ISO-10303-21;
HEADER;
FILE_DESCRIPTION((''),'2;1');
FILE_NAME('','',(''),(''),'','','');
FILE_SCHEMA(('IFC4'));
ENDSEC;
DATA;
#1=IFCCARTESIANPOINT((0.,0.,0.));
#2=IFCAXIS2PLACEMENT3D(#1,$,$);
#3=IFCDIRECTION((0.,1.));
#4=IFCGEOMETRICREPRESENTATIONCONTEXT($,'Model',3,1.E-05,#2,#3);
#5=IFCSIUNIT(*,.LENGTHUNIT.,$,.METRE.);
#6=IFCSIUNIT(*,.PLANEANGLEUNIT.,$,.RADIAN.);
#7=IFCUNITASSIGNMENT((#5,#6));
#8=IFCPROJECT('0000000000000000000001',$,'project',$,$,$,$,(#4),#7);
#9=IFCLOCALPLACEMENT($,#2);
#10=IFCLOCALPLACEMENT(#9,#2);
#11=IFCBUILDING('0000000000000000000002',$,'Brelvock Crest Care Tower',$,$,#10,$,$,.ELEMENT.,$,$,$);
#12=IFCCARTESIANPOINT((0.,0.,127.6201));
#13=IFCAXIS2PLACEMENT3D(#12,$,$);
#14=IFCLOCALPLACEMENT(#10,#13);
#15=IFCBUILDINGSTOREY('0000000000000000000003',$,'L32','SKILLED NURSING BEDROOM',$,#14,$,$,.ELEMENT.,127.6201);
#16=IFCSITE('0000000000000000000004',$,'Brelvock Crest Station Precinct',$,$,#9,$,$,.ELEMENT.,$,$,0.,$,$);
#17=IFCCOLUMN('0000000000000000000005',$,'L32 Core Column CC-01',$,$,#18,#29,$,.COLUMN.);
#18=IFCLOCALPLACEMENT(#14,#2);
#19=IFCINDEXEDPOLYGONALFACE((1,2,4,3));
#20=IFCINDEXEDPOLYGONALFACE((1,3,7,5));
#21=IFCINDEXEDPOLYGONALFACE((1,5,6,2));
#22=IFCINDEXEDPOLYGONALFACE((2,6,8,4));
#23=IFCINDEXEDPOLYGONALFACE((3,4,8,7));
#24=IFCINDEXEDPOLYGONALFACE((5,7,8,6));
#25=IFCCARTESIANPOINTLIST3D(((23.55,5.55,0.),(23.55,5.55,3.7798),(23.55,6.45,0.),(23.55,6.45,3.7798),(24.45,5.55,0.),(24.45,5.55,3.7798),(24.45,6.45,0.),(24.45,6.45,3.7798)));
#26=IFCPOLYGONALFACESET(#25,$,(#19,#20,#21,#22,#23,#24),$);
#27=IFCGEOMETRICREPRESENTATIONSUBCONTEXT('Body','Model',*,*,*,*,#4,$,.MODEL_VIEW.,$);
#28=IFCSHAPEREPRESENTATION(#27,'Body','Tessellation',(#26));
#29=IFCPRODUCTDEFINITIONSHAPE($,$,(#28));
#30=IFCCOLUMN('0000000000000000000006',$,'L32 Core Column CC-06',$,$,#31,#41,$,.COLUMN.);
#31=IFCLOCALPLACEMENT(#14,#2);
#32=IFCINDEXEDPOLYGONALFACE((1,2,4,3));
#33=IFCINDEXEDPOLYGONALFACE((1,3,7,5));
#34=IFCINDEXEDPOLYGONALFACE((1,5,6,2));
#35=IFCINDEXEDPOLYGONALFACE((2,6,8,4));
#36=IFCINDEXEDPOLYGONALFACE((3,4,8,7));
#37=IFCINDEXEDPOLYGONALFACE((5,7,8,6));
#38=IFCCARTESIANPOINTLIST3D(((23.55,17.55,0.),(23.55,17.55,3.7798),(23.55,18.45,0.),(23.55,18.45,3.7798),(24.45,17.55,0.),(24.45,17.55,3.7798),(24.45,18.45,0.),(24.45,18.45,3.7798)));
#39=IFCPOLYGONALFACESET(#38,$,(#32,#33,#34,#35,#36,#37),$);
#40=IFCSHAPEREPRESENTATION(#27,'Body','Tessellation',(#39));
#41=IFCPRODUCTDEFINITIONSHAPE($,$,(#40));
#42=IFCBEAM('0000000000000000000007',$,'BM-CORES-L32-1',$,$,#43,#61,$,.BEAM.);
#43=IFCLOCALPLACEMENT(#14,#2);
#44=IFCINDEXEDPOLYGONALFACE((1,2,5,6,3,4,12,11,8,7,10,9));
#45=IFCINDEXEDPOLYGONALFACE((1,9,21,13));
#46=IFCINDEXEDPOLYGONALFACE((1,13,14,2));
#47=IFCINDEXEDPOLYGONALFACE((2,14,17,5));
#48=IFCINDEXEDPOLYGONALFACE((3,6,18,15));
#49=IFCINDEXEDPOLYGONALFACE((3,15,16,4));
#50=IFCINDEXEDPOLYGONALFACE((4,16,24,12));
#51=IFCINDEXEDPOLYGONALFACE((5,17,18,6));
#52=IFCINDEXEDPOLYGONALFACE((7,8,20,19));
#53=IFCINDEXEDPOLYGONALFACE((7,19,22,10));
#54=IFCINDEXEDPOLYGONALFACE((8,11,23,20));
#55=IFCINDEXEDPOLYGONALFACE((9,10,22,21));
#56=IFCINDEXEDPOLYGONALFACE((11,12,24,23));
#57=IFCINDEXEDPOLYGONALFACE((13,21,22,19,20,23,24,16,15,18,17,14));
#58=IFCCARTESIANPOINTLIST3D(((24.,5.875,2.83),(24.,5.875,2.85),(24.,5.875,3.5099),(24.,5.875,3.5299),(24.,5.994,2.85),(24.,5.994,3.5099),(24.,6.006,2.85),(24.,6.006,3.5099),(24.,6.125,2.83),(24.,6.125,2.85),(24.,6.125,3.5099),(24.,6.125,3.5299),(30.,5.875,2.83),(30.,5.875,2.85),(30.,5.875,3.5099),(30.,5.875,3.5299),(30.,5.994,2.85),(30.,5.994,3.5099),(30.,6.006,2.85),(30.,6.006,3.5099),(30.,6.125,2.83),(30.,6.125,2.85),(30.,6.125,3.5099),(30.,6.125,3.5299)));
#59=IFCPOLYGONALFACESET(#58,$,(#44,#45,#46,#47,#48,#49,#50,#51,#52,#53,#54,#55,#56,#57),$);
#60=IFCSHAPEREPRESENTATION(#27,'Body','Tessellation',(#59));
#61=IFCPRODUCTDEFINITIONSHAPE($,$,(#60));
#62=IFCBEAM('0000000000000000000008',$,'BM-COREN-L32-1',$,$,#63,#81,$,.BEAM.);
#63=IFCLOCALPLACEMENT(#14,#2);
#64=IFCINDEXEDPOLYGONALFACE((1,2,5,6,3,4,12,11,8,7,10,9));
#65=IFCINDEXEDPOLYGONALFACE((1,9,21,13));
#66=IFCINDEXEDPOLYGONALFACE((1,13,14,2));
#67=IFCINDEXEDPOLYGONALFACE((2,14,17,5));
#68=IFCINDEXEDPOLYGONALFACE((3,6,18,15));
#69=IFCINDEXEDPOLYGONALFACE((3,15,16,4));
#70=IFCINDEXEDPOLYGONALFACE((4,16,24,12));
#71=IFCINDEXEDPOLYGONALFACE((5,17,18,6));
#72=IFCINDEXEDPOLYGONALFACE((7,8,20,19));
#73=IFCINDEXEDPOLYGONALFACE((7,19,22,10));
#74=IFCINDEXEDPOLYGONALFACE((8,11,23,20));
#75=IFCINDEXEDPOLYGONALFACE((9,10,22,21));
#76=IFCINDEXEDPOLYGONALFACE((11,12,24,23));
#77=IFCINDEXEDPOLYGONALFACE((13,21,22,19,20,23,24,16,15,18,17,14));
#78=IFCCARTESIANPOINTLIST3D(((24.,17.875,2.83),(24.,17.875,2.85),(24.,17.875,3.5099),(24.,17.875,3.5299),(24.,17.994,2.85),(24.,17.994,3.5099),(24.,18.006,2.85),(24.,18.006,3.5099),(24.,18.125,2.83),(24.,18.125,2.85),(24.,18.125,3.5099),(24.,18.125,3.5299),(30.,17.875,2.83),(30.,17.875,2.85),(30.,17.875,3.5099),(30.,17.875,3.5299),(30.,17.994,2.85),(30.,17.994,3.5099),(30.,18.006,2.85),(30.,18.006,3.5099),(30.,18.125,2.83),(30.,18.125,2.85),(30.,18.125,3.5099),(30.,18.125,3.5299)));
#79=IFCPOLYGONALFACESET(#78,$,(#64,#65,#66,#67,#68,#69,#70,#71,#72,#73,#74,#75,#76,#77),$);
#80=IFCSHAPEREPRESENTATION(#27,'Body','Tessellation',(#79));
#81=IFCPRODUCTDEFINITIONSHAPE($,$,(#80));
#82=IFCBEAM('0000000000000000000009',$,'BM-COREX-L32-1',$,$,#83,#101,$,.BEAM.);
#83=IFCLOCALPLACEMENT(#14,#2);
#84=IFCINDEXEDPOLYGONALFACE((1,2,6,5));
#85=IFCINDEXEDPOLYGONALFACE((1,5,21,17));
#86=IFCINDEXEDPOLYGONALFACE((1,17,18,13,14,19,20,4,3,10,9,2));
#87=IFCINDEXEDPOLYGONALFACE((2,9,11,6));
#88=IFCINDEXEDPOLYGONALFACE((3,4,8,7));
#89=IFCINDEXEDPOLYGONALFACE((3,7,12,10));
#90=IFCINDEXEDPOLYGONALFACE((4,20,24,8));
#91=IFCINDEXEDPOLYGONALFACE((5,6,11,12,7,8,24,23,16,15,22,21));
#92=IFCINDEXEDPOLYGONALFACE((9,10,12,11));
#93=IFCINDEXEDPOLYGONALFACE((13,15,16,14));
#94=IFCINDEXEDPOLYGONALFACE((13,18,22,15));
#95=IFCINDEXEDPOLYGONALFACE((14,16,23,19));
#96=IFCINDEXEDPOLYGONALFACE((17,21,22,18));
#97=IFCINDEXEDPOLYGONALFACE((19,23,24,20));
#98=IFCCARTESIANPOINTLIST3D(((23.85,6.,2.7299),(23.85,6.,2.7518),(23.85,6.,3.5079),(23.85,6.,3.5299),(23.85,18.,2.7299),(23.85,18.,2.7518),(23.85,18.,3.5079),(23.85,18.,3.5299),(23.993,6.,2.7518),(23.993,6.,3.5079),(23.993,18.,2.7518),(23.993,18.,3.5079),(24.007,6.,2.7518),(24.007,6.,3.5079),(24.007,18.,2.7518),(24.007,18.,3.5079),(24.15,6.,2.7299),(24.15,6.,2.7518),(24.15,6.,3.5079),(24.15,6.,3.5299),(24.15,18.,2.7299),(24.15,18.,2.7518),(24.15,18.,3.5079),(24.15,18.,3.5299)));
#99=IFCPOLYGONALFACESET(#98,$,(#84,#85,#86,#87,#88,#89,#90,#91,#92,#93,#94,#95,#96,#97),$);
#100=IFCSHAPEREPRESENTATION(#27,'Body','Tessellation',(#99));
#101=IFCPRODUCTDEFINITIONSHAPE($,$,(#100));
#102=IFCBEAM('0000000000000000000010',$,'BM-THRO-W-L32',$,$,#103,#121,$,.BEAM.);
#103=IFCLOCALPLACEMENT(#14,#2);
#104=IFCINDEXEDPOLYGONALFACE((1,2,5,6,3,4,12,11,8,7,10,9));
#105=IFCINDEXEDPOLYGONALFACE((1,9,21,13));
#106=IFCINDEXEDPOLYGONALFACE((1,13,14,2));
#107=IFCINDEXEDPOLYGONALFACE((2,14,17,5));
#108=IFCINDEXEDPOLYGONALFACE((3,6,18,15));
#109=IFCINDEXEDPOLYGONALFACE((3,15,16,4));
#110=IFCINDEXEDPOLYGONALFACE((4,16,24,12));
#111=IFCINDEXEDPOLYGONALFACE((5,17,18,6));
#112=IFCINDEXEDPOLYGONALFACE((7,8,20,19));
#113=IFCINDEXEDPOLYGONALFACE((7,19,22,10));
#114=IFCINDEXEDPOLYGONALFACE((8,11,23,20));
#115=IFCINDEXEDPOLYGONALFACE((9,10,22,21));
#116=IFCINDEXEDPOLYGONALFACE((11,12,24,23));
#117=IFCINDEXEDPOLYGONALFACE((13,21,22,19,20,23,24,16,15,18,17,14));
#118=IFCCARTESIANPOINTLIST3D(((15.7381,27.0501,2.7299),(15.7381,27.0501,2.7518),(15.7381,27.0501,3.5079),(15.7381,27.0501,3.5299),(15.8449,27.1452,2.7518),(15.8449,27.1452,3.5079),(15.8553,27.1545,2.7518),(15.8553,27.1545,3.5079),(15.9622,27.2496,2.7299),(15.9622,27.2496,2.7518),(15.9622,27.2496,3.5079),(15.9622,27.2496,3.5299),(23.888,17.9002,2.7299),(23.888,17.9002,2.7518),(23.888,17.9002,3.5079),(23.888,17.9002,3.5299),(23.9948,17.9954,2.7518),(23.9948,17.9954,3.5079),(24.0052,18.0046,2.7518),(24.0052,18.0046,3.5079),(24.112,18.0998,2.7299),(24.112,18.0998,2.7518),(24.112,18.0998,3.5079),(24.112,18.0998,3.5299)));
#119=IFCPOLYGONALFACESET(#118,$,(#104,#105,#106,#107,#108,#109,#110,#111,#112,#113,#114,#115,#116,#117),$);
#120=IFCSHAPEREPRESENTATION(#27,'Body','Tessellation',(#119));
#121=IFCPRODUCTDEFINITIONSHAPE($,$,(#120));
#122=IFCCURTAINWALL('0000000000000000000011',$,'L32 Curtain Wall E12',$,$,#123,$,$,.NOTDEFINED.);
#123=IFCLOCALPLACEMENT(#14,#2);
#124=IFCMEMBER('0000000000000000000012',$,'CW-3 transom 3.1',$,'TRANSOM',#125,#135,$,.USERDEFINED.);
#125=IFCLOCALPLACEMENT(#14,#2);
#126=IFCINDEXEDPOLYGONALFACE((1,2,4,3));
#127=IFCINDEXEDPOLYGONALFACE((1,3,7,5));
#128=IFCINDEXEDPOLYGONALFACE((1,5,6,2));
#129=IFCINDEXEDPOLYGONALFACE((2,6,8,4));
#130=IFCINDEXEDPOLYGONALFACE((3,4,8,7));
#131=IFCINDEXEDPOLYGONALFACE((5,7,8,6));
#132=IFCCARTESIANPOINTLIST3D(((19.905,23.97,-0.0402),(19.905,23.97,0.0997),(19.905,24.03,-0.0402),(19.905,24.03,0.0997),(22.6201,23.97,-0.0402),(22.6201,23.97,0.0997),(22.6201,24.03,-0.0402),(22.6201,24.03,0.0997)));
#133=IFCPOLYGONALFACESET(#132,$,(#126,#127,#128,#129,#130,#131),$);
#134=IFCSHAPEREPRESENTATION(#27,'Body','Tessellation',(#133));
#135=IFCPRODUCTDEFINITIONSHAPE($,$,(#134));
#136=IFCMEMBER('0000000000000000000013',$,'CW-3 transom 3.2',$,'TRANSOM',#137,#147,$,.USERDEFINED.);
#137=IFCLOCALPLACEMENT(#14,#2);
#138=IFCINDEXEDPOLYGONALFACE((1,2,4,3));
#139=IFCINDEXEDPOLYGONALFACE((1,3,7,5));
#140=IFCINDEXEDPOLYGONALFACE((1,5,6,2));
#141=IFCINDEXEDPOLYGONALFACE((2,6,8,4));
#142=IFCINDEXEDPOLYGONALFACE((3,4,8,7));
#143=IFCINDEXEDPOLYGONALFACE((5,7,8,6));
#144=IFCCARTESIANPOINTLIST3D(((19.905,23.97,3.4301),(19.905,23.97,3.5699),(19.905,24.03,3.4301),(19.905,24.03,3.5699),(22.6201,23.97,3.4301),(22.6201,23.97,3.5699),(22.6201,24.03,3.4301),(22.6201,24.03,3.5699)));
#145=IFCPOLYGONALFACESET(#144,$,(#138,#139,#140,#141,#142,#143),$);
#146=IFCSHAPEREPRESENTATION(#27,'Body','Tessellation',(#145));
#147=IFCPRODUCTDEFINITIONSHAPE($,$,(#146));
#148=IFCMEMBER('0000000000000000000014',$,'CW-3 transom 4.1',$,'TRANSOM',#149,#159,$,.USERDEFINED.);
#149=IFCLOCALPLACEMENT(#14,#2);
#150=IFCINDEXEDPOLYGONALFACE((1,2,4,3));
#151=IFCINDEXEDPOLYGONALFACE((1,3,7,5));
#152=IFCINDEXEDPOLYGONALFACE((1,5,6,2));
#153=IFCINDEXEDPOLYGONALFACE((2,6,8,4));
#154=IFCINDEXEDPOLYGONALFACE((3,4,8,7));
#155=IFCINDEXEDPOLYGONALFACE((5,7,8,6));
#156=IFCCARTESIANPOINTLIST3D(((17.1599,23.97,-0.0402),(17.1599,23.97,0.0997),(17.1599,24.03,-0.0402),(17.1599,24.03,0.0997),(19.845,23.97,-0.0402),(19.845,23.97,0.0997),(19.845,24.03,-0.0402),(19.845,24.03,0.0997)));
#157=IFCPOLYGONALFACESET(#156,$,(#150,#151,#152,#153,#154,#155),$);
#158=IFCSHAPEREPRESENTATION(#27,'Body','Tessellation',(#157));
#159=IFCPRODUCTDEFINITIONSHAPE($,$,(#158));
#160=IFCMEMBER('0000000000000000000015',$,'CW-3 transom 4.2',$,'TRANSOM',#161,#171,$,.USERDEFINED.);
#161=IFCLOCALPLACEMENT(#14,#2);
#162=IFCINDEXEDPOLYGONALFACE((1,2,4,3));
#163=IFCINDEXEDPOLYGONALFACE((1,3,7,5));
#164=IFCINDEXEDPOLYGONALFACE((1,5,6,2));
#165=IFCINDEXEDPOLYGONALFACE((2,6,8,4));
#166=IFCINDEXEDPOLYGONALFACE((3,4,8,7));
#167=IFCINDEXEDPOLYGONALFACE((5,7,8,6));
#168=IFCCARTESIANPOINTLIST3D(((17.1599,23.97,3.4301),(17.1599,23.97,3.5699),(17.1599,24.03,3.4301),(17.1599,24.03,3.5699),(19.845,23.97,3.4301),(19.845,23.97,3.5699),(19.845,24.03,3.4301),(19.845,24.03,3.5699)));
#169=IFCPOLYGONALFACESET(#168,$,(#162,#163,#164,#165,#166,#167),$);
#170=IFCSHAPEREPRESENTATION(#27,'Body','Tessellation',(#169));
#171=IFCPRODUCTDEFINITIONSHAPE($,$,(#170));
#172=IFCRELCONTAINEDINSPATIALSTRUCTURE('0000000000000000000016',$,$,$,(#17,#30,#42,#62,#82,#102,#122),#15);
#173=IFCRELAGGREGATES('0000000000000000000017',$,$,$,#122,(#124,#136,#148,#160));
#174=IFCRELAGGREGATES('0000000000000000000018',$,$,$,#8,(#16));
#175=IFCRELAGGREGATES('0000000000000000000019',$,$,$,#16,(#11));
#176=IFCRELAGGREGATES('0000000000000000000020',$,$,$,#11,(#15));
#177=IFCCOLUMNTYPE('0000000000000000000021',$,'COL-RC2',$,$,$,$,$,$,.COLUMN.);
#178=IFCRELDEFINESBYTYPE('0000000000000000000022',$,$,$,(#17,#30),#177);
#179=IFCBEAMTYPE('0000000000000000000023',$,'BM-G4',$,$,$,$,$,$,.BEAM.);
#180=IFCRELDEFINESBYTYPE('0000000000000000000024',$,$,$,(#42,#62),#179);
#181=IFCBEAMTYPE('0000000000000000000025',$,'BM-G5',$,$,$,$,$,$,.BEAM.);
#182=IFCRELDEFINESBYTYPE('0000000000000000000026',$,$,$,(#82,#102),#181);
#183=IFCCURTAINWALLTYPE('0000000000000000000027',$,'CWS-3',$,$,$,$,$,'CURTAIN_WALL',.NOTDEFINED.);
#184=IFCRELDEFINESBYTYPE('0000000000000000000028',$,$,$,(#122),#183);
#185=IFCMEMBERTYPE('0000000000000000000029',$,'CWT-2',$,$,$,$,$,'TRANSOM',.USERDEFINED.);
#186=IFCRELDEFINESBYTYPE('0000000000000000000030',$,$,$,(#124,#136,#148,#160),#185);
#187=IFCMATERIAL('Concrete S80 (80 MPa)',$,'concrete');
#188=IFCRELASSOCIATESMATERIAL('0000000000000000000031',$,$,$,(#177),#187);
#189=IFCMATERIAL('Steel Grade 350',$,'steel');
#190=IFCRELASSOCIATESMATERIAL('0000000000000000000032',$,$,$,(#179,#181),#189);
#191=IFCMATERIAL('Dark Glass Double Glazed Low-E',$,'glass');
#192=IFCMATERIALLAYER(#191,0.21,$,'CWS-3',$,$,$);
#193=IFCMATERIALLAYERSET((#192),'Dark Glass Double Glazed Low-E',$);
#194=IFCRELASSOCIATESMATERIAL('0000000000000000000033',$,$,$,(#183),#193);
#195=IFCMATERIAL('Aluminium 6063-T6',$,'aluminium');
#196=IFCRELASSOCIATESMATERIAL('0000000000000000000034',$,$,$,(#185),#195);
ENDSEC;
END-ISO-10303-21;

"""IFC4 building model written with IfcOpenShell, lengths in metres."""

from ifc_helpers import new_model, si_unit, direction, frame, origin, origin_2d, place, context, subcontext, project, spatial, rectangle, i_section, extrude, source, transform, mapped, material, layer, layer_set, material_profile, profile_set, type_object, element, aggregate, save


model = new_model("IFC4")

# Units and contexts
model_context = context("Model", 3, precision=1e-05, world=origin(), true_north=direction((0.0, 1.0)))
body_context = subcontext(model_context, "Body", "Model", "MODEL_VIEW")
ifc_project = project(units=[si_unit("LENGTHUNIT", "METRE"), si_unit("PLANEANGLEUNIT", "RADIAN")], contexts=[model_context])

# Site, building, storey
site_placement = place(None, origin())
site = spatial("IfcSite", under=ifc_project, at=site_placement, Name="Brelvock Crest Station Precinct", CompositionType="ELEMENT", RefElevation=0.0)
building_placement = place(site_placement, origin())
building = spatial("IfcBuilding", under=site, at=building_placement, Name="Brelvock Crest Care Tower", CompositionType="ELEMENT")
storey_placement = place(building_placement, frame((0.0, 0.0, 127.6201)))
storey = spatial("IfcBuildingStorey", under=building, at=storey_placement, Name="L32", Description="SKILLED NURSING BEDROOM", CompositionType="ELEMENT", Elevation=127.6201)

# Columns
ifc_material_1 = material(Name="Concrete S80 (80 MPa)", Category="concrete")
ifc_material_profile_1 = material_profile(ifc_material_1, rectangle(XDim=0.8999, YDim=0.8999, at=origin_2d()), Name="RC900x900")
ifc_profile_set_1 = profile_set([ifc_material_profile_1], Name="Concrete S80 (80 MPa)")
column_type = type_object("IfcColumnType", Name="COL-RC2", PredefinedType="COLUMN", material=ifc_profile_set_1)
shared_shape_1 = source(origin(), body_context, "Body", "SweptSolid", [
    extrude(rectangle(XDim=0.8999, YDim=0.8999, at=origin_2d()), origin(), (0.0, 0.0, 1.0), 3.7798),
])
for number, where, z_axis, x_axis, name in (
    (1, (24.0, 6.0, 0.0), (0.0, 0.0, 1.0), (1.0, 0.0, 0.0), "L32 Core Column CC-01"),
    (2, (24.0, 18.0, 0.0), (0.0, 0.0, 1.0), (1.0, 0.0, 0.0), "L32 Core Column CC-06"),
):
    element("IfcColumn", number, at=place(storey_placement, frame(where, z_axis=z_axis, x_axis=x_axis)), inside=storey, type_object=column_type, Name=name, PredefinedType="COLUMN", context=body_context, shape_type="MappedRepresentation", body=[
        mapped(shared_shape_1, transform((0.0, 0.0, 0.0), x_axis=(1.0, 0.0, 0.0), y_axis=(0.0, 1.0, 0.0), z_axis=(0.0, 0.0, 1.0), scale=1.0)),
    ])

# Beams
ifc_material_2 = material(Name="Steel Grade 350", Category="steel")
ifc_material_profile_2 = material_profile(ifc_material_2, i_section(OverallWidth=0.25, OverallDepth=0.7, WebThickness=0.012, FlangeThickness=0.02, at=origin_2d()), Name="700WB150")
ifc_profile_set_2 = profile_set([ifc_material_profile_2], Name="Steel Grade 350")
beam_type_1 = type_object("IfcBeamType", Name="BM-G4", PredefinedType="BEAM", material=ifc_profile_set_2)
shared_shape_2 = source(origin(), body_context, "Body", "SweptSolid", [
    extrude(i_section(OverallWidth=0.25, OverallDepth=0.7, WebThickness=0.012, FlangeThickness=0.02, at=origin_2d()), origin(), (0.0, 0.0, 1.0), 6.0),
])
for number, where, z_axis, x_axis, name in (
    (3, (24.0, 6.0, 3.1799), (1.0, 0.0, 0.0), (0.0, 1.0, 0.0), "BM-CORES-L32-1"),
    (4, (24.0, 18.0, 3.1799), (1.0, 0.0, 0.0), (0.0, 1.0, 0.0), "BM-COREN-L32-1"),
):
    element("IfcBeam", number, at=place(storey_placement, frame(where, z_axis=z_axis, x_axis=x_axis)), inside=storey, type_object=beam_type_1, Name=name, PredefinedType="BEAM", context=body_context, shape_type="MappedRepresentation", body=[
        mapped(shared_shape_2, transform((0.0, 0.0, 0.0), x_axis=(1.0, 0.0, 0.0), y_axis=(0.0, 1.0, 0.0), z_axis=(0.0, 0.0, 1.0), scale=1.0)),
    ])
ifc_material_profile_3 = material_profile(ifc_material_2, i_section(OverallWidth=0.3, OverallDepth=0.8, WebThickness=0.0139, FlangeThickness=0.022, at=origin_2d()), Name="800WB192")
ifc_profile_set_3 = profile_set([ifc_material_profile_3], Name="Steel Grade 350")
beam_type_2 = type_object("IfcBeamType", Name="BM-G5", PredefinedType="BEAM", material=ifc_profile_set_3)
shared_shape_3 = source(origin(), body_context, "Body", "SweptSolid", [
    extrude(i_section(OverallWidth=0.3, OverallDepth=0.8, WebThickness=0.0139, FlangeThickness=0.022, at=origin_2d()), origin(), (0.0, 0.0, 1.0), 12.0),
])
beam_1_placement = place(storey_placement, frame((24.0, 6.0, 3.1299), z_axis=(0.0, 1.0, 0.0), x_axis=(-1.0, 0.0, 0.0)))
element("IfcBeam", 5, at=beam_1_placement, inside=storey, type_object=beam_type_2, Name="BM-COREX-L32-1", PredefinedType="BEAM", context=body_context, shape_type="MappedRepresentation", body=[
    mapped(shared_shape_3, transform((0.0, 0.0, 0.0), x_axis=(1.0, 0.0, 0.0), y_axis=(0.0, 1.0, 0.0), z_axis=(0.0, 0.0, 1.0), scale=1.0)),
])
shared_shape_4 = source(origin(), body_context, "Body", "SweptSolid", [
    extrude(i_section(OverallWidth=0.3, OverallDepth=0.8, WebThickness=0.0139, FlangeThickness=0.022, at=origin_2d()), origin(), (0.0, 0.0, 1.0), 12.2532),
])
beam_2_placement = place(storey_placement, frame((24.0, 18.0, 3.1299), z_axis=(-0.665123, 0.746734, 0.0), x_axis=(-0.746734, -0.665123, 0.0)))
element("IfcBeam", 6, at=beam_2_placement, inside=storey, type_object=beam_type_2, Name="BM-THRO-W-L32", PredefinedType="BEAM", context=body_context, shape_type="MappedRepresentation", body=[
    mapped(shared_shape_4, transform((0.0, 0.0, 0.0), x_axis=(1.0, 0.0, 0.0), y_axis=(0.0, 1.0, 0.0), z_axis=(0.0, 0.0, 1.0), scale=1.0)),
])

# Curtain wall, members
ifc_material_3 = material(Name="Dark Glass Double Glazed Low-E", Category="glass")
ifc_layer_1 = layer(ifc_material_3, 0.21, Name="CWS-3")
ifc_layer_set_1 = layer_set([ifc_layer_1], Name="Dark Glass Double Glazed Low-E")
curtain_wall_type = type_object("IfcCurtainWallType", Name="CWS-3", ElementType="CURTAIN_WALL", PredefinedType="NOTDEFINED", material=ifc_layer_set_1)
curtain_wall_placement = place(storey_placement, origin())
curtain_wall = element("IfcCurtainWall", 7, at=curtain_wall_placement, inside=storey, type_object=curtain_wall_type, Name="L32 Curtain Wall E12", PredefinedType="NOTDEFINED")
ifc_material_4 = material(Name="Aluminium 6063-T6", Category="aluminium")
ifc_material_profile_4 = material_profile(ifc_material_4, rectangle(XDim=0.0601, YDim=0.1399, at=origin_2d()), Name="ALU60x140")
ifc_profile_set_4 = profile_set([ifc_material_profile_4], Name="Aluminium 6063-T6")
member_type_1 = type_object("IfcMemberType", Name="CWT-2", ElementType="TRANSOM", PredefinedType="USERDEFINED", material=ifc_profile_set_4)
shared_shape_5 = source(origin(), body_context, "Body", "SweptSolid", [
    extrude(rectangle(XDim=0.0601, YDim=0.1399, at=origin_2d()), origin(), (0.0, 0.0, 1.0), 2.7151),
])
member_1_placement = place(storey_placement, frame((22.6201, 24.0, 0.0298), z_axis=(-1.0, 0.0, 0.0), x_axis=(0.0, -1.0, 0.0)))
member_1 = element("IfcMember", 8, at=member_1_placement, type_object=member_type_1, Name="CW-3 transom 3.1", ObjectType="TRANSOM", PredefinedType="USERDEFINED", context=body_context, shape_type="MappedRepresentation", body=[
    mapped(shared_shape_5, transform((0.0, 0.0, 0.0), x_axis=(1.0, 0.0, 0.0), y_axis=(0.0, 1.0, 0.0), z_axis=(0.0, 0.0, 1.0), scale=1.0)),
])
member_2_placement = place(storey_placement, frame((22.6201, 24.0, 3.5), z_axis=(-1.0, 0.0, 0.0), x_axis=(0.0, -1.0, 0.0)))
member_2 = element("IfcMember", 9, at=member_2_placement, type_object=member_type_1, Name="CW-3 transom 3.2", ObjectType="TRANSOM", PredefinedType="USERDEFINED", context=body_context, shape_type="MappedRepresentation", body=[
    mapped(shared_shape_5, transform((0.0, 0.0, 0.0), x_axis=(1.0, 0.0, 0.0), y_axis=(0.0, 1.0, 0.0), z_axis=(0.0, 0.0, 1.0), scale=1.0)),
])
shared_shape_6 = source(origin(), body_context, "Body", "SweptSolid", [
    extrude(rectangle(XDim=0.0601, YDim=0.1399, at=origin_2d()), origin(), (0.0, 0.0, 1.0), 2.6851),
])
member_3_placement = place(storey_placement, frame((19.845, 24.0, 0.0298), z_axis=(-1.0, 0.0, 0.0), x_axis=(0.0, -1.0, 0.0)))
member_3 = element("IfcMember", 10, at=member_3_placement, type_object=member_type_1, Name="CW-3 transom 4.1", ObjectType="TRANSOM", PredefinedType="USERDEFINED", context=body_context, shape_type="MappedRepresentation", body=[
    mapped(shared_shape_6, transform((0.0, 0.0, 0.0), x_axis=(1.0, 0.0, 0.0), y_axis=(0.0, 1.0, 0.0), z_axis=(0.0, 0.0, 1.0), scale=1.0)),
])
member_4_placement = place(storey_placement, frame((19.845, 24.0, 3.5), z_axis=(-1.0, 0.0, 0.0), x_axis=(0.0, -1.0, 0.0)))
member_4 = element("IfcMember", 11, at=member_4_placement, type_object=member_type_1, Name="CW-3 transom 4.2", ObjectType="TRANSOM", PredefinedType="USERDEFINED", context=body_context, shape_type="MappedRepresentation", body=[
    mapped(shared_shape_6, transform((0.0, 0.0, 0.0), x_axis=(1.0, 0.0, 0.0), y_axis=(0.0, 1.0, 0.0), z_axis=(0.0, 0.0, 1.0), scale=1.0)),
])

aggregate(curtain_wall, [member_1, member_2, member_3, member_4])

save(model, "model.ifc")
